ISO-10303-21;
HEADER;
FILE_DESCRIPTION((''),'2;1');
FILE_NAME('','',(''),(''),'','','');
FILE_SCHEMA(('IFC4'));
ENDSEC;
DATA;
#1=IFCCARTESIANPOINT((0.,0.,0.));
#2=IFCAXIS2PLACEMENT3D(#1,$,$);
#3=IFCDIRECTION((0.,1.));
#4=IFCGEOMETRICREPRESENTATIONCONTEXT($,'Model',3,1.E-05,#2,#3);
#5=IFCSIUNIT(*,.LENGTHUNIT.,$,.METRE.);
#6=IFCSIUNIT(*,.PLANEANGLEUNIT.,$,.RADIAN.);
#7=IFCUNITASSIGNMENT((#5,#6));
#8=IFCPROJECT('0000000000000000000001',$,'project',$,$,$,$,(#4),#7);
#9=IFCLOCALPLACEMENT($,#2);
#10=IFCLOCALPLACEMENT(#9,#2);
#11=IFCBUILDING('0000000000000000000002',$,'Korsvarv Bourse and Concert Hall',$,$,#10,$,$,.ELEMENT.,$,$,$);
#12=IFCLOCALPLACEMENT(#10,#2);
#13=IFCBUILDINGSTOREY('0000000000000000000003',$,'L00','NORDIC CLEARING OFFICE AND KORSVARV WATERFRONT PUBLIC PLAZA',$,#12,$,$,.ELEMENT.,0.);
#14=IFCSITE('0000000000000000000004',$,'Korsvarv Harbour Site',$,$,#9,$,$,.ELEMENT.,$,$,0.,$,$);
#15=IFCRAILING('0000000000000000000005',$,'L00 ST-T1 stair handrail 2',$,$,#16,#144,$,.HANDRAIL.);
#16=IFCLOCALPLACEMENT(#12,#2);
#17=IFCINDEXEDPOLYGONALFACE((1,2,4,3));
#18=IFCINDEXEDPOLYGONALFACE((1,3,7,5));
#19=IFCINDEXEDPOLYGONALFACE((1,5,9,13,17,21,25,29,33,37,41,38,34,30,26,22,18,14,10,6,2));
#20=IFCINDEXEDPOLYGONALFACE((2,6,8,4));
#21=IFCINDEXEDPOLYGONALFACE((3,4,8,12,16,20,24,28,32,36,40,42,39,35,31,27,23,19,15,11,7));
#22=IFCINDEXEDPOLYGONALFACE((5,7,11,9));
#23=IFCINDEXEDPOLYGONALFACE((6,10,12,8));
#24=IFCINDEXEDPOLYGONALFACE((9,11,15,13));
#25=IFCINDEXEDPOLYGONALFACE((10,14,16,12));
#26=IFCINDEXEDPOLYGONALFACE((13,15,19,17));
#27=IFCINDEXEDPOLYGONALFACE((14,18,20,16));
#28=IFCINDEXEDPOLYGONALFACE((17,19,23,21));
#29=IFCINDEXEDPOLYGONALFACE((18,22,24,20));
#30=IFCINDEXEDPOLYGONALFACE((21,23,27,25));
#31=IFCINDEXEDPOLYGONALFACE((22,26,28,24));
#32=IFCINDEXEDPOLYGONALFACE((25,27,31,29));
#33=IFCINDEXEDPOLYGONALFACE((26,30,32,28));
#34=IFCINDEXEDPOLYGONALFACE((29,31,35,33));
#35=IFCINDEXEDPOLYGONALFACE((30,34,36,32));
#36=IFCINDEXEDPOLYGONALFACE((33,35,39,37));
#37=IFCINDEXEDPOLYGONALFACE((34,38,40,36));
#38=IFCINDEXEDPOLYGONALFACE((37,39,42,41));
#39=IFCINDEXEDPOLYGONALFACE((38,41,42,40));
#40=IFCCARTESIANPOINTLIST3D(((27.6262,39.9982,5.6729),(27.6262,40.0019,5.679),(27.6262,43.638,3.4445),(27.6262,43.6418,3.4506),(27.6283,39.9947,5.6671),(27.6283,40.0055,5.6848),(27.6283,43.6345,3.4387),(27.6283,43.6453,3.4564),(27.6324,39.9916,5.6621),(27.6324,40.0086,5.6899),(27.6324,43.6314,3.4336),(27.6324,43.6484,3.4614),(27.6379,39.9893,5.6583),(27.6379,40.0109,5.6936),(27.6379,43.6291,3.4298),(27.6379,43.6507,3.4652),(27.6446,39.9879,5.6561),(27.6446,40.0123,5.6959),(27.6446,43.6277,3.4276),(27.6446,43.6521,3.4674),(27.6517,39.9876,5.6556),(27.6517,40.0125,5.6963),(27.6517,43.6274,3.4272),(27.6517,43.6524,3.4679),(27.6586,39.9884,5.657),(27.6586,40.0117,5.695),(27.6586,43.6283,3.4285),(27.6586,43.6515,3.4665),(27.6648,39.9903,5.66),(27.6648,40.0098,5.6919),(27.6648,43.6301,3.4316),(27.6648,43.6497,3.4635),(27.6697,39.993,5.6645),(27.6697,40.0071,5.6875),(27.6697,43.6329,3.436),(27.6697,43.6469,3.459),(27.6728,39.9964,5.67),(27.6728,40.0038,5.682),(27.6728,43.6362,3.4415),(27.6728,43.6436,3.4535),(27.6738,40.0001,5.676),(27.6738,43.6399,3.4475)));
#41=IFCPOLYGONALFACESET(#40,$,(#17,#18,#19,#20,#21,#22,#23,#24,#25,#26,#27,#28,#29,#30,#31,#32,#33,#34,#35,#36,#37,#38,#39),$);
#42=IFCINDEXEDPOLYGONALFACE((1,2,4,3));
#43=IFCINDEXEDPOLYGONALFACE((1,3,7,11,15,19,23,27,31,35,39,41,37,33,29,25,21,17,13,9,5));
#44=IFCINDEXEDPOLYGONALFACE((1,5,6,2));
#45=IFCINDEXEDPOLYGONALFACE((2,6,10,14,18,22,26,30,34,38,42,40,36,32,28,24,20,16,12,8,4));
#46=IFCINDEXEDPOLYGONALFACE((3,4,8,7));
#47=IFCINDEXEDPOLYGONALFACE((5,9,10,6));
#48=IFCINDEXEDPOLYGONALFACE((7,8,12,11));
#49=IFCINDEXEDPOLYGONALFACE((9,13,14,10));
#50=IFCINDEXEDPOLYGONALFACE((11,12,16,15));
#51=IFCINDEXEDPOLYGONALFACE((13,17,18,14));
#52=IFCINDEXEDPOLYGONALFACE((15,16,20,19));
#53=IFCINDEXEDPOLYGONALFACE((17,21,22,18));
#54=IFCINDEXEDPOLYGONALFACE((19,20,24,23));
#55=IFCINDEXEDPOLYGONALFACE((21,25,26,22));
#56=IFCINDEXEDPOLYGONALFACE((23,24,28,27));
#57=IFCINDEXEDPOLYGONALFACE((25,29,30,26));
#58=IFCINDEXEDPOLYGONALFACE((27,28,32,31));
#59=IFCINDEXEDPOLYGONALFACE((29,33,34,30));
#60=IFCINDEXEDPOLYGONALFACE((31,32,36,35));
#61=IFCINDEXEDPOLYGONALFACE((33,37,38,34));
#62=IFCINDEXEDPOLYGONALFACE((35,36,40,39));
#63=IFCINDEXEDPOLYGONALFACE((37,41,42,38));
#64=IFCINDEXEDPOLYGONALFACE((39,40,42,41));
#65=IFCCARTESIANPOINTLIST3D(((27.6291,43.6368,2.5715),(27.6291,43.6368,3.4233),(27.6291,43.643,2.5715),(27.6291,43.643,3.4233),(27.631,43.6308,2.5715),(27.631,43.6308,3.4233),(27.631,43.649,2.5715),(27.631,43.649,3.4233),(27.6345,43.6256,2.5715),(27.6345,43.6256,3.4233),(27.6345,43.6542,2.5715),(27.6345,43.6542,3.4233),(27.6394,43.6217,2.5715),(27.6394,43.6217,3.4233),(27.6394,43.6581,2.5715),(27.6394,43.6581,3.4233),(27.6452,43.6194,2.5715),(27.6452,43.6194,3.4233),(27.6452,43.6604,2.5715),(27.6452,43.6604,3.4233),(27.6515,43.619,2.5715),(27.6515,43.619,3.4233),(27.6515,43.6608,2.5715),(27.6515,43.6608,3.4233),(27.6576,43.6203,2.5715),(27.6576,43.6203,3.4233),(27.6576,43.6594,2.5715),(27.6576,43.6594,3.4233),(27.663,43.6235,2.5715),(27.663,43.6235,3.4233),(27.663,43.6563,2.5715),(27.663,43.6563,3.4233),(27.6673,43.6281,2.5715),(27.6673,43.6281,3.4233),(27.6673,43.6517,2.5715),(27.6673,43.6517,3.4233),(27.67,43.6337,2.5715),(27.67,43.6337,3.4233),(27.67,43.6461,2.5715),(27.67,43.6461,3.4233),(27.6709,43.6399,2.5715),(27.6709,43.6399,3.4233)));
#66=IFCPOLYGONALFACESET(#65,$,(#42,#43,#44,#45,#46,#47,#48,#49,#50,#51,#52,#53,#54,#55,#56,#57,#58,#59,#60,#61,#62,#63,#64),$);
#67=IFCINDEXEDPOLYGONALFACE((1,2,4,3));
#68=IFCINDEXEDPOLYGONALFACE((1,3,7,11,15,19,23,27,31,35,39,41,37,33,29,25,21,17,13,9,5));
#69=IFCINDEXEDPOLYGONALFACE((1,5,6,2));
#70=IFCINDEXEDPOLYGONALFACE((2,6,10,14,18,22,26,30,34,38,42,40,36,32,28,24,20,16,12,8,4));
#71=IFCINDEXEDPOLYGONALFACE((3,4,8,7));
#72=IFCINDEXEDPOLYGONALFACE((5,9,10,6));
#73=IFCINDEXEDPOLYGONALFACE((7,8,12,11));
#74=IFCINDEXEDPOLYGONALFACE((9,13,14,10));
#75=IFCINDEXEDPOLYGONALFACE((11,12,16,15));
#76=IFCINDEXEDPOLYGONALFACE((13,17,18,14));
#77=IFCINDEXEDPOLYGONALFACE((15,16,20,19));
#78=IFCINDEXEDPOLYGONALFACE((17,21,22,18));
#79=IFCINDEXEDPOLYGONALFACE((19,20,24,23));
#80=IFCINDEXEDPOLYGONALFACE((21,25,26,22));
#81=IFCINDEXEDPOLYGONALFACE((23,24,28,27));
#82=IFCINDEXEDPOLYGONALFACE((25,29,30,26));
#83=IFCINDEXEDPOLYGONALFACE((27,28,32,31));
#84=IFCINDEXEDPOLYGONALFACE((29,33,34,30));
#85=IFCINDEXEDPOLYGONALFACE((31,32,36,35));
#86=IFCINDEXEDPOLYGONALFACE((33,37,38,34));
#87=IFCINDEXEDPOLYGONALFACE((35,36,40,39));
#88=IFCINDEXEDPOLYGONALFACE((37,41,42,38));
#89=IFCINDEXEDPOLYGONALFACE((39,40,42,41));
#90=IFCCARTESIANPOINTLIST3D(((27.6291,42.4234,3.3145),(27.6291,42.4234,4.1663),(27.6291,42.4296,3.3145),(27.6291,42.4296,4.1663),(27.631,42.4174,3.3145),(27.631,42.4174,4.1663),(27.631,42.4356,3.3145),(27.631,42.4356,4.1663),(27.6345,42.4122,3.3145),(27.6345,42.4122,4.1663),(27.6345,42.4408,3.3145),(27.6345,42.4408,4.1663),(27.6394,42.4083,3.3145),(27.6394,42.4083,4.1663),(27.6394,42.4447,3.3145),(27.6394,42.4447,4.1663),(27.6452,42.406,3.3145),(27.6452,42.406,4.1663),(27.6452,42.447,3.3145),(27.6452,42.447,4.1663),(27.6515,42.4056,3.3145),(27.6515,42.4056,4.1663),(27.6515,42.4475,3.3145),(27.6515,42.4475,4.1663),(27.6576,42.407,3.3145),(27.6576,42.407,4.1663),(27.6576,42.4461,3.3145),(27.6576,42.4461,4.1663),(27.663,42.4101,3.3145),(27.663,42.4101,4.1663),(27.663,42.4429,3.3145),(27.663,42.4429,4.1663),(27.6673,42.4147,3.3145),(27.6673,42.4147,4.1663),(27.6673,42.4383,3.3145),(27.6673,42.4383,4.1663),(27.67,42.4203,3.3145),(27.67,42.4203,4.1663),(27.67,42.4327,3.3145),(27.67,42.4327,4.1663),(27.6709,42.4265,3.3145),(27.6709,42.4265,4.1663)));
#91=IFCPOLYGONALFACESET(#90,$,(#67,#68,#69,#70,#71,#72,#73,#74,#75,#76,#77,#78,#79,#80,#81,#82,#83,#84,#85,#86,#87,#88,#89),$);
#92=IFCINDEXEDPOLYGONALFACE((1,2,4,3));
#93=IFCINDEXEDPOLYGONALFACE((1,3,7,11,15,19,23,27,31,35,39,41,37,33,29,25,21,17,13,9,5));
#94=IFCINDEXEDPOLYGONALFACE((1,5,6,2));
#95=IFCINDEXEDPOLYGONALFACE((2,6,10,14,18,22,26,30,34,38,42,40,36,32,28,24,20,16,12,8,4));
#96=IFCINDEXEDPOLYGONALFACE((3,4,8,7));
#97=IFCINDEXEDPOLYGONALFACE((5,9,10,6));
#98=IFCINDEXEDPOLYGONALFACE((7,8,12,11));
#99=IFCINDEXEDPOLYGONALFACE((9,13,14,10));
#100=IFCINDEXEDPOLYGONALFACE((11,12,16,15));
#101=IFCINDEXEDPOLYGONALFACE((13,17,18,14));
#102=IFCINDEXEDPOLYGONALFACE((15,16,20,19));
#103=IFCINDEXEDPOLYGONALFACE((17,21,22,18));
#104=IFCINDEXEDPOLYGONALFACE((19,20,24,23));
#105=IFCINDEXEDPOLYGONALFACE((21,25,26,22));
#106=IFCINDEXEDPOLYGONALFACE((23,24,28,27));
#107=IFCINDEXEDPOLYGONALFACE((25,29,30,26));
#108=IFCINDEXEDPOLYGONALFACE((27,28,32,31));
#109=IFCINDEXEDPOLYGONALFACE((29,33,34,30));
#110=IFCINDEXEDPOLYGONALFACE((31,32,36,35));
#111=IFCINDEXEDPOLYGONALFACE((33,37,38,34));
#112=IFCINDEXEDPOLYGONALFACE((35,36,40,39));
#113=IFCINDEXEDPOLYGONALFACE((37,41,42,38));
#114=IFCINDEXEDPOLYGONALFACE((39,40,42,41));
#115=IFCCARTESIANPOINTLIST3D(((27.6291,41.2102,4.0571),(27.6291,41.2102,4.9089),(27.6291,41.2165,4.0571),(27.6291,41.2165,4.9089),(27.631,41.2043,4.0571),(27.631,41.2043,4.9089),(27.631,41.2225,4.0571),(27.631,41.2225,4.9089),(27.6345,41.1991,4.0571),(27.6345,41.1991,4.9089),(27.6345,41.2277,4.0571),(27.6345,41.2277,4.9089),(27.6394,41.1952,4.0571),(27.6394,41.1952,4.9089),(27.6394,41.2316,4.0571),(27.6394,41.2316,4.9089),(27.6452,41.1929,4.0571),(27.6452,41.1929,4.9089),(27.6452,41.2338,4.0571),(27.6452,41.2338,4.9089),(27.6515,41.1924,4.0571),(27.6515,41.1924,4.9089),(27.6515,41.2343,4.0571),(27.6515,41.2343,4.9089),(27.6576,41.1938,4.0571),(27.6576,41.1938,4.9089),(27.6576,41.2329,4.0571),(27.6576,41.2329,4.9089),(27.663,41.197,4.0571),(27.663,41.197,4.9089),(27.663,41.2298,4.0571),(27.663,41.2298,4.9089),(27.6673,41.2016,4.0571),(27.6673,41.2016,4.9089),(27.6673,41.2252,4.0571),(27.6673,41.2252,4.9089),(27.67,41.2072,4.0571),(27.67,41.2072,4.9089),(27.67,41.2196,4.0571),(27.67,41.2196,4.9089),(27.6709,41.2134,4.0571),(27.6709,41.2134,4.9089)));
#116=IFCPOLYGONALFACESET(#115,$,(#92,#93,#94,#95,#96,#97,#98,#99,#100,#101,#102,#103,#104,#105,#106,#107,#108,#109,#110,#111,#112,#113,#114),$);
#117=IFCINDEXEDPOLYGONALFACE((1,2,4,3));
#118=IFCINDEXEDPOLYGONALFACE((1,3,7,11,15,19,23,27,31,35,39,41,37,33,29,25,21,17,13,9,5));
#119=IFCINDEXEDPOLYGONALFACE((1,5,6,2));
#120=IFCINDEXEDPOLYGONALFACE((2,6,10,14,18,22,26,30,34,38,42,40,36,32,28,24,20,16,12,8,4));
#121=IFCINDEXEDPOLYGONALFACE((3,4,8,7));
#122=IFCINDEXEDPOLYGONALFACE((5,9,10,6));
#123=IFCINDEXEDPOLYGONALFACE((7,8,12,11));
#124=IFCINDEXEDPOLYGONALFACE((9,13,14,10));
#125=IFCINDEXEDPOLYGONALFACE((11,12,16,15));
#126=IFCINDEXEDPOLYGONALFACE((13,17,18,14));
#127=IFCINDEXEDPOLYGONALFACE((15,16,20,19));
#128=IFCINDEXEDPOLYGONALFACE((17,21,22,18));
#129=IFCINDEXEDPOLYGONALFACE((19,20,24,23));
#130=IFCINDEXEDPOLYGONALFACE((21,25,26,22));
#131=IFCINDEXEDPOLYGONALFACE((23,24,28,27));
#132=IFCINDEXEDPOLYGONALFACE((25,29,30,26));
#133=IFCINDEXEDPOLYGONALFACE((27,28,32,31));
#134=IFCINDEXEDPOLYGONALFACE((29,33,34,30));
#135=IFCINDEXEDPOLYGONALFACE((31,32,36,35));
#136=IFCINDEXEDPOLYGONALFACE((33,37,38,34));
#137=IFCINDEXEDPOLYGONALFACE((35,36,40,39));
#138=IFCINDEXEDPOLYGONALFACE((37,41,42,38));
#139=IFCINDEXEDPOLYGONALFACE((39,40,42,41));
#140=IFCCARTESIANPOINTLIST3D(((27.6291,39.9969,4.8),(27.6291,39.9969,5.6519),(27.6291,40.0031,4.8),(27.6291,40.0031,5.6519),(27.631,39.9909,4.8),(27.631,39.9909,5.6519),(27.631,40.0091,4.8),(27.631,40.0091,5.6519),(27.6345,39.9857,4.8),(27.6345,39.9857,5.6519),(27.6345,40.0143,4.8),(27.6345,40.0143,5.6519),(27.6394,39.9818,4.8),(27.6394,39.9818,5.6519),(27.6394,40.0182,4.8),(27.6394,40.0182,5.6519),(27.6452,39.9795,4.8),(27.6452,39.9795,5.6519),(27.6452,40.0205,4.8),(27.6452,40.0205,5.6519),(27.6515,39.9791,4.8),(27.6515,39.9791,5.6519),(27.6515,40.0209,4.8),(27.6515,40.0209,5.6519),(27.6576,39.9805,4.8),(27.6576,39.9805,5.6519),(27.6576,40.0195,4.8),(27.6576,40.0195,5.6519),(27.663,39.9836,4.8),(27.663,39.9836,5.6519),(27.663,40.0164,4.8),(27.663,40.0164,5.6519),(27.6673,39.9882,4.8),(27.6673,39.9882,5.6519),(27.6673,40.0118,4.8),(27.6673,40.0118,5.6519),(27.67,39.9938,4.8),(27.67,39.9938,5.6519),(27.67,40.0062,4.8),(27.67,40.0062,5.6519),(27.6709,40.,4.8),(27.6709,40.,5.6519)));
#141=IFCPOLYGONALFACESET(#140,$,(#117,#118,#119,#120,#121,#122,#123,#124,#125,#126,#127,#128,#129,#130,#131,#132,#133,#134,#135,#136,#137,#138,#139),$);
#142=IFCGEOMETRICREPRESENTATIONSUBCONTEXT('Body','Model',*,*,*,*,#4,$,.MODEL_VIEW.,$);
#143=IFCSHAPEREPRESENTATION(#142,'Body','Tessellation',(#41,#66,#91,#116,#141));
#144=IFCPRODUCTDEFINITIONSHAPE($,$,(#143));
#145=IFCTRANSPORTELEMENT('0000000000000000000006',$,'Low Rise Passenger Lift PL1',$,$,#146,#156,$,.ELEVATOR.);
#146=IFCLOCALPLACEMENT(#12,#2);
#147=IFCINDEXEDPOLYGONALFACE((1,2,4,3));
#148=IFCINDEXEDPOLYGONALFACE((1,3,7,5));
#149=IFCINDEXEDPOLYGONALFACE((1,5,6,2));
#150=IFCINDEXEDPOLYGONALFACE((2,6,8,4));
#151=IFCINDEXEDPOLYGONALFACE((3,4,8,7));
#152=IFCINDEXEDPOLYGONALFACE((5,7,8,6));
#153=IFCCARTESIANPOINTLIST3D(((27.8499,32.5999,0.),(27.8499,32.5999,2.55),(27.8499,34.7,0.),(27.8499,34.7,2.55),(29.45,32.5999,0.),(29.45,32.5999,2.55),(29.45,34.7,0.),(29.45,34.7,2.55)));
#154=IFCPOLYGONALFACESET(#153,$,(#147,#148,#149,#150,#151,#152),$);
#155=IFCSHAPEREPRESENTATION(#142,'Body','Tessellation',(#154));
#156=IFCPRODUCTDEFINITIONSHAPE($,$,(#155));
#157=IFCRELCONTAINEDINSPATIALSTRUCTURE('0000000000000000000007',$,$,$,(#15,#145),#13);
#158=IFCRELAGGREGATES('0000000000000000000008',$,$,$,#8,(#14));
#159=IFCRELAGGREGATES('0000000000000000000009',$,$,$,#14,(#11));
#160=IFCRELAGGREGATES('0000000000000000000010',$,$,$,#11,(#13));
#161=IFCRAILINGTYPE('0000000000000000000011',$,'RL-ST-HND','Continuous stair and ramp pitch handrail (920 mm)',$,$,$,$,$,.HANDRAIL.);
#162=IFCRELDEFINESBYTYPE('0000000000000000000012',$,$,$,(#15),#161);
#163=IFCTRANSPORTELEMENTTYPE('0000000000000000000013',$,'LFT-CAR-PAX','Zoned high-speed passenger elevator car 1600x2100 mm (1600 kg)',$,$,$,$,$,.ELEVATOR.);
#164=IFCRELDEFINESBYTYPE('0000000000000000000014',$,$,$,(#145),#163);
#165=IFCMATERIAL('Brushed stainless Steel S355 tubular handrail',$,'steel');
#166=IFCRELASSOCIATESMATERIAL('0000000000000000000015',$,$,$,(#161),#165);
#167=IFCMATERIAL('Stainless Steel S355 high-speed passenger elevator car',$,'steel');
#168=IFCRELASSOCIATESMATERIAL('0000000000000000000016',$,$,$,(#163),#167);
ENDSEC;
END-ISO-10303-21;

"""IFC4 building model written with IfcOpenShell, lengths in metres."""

from ifc_helpers import new_model, si_unit, direction, frame, origin, origin_2d, place, context, subcontext, project, spatial, rectangle, circle, extrude, source, transform, mapped, material, type_object, element, save


model = new_model("IFC4")

# Units and contexts
model_context = context("Model", 3, precision=1e-05, world=origin(), true_north=direction((0.0, 1.0)))
body_context = subcontext(model_context, "Body", "Model", "MODEL_VIEW")
ifc_project = project(units=[si_unit("LENGTHUNIT", "METRE"), si_unit("PLANEANGLEUNIT", "RADIAN")], contexts=[model_context])

# Site, building, storey
site_placement = place(None, origin())
site = spatial("IfcSite", under=ifc_project, at=site_placement, Name="Korsvarv Harbour Site", CompositionType="ELEMENT", RefElevation=0.0)
building_placement = place(site_placement, origin())
building = spatial("IfcBuilding", under=site, at=building_placement, Name="Korsvarv Bourse and Concert Hall", CompositionType="ELEMENT")
storey_placement = place(building_placement, origin())
storey = spatial("IfcBuildingStorey", under=building, at=storey_placement, Name="L00", Description="NORDIC CLEARING OFFICE AND KORSVARV WATERFRONT PUBLIC PLAZA", CompositionType="ELEMENT", Elevation=0.0)

# Railing
ifc_material_1 = material(Name="Brushed stainless Steel S355 tubular handrail", Category="steel")
railing_type_1 = type_object("IfcRailingType", Name="RL-ST-HND", Description="Continuous stair and ramp pitch handrail (920 mm)", PredefinedType="HANDRAIL", material=ifc_material_1)
railing_1_placement = place(storey_placement, frame((27.6499, 43.6399, 2.5715)))
element("IfcRailing", 1, at=railing_1_placement, inside=storey, type_object=railing_type_1, Name="L00 ST-T1 stair handrail 2", PredefinedType="HANDRAIL", context=body_context, shape_type="SweptSolid", body=[
    extrude(circle(Radius=0.0239, at=origin_2d()), frame((0.0, 0.0, 0.876), z_axis=(0.0, -0.85285, 0.522156), x_axis=(1.0, 0.0, 0.0)), (0.0, 0.0, 1.0), 4.2678),
    extrude(circle(Radius=0.021, at=origin_2d()), origin(), (0.0, 0.0, 1.0), 0.8518),
    extrude(circle(Radius=0.021, at=origin_2d()), frame((0.0, -1.2134, 0.7429)), (0.0, 0.0, 1.0), 0.8518),
    extrude(circle(Radius=0.021, at=origin_2d()), frame((0.0, -2.4265, 1.4856)), (0.0, 0.0, 1.0), 0.8518),
    extrude(circle(Radius=0.021, at=origin_2d()), frame((0.0, -3.6399, 2.2285)), (0.0, 0.0, 1.0), 0.8518),
])

# Transport element
ifc_material_2 = material(Name="Stainless Steel S355 high-speed passenger elevator car", Category="steel")
transport_element_type = type_object("IfcTransportElementType", Name="LFT-CAR-PAX", Description="Zoned high-speed passenger elevator car 1600x2100 mm (1600 kg)", PredefinedType="ELEVATOR", material=ifc_material_2)
shared_shape_1 = source(origin(), body_context, "Body", "SweptSolid", [
    extrude(rectangle(XDim=1.6001, YDim=2.1001, at=origin_2d()), origin(), (0.0, 0.0, 1.0), 2.55),
])
transport_element_placement = place(storey_placement, frame((28.6499, 33.6499, 0.0), z_axis=(0.0, 0.0, 1.0), x_axis=(1.0, 0.0, 0.0)))
element("IfcTransportElement", 2, at=transport_element_placement, inside=storey, type_object=transport_element_type, Name="Low Rise Passenger Lift PL1", PredefinedType="ELEVATOR", context=body_context, shape_type="MappedRepresentation", body=[
    mapped(shared_shape_1, transform((0.0, 0.0, 0.0), scale=1.0)),
])

save(model, "model.ifc")
